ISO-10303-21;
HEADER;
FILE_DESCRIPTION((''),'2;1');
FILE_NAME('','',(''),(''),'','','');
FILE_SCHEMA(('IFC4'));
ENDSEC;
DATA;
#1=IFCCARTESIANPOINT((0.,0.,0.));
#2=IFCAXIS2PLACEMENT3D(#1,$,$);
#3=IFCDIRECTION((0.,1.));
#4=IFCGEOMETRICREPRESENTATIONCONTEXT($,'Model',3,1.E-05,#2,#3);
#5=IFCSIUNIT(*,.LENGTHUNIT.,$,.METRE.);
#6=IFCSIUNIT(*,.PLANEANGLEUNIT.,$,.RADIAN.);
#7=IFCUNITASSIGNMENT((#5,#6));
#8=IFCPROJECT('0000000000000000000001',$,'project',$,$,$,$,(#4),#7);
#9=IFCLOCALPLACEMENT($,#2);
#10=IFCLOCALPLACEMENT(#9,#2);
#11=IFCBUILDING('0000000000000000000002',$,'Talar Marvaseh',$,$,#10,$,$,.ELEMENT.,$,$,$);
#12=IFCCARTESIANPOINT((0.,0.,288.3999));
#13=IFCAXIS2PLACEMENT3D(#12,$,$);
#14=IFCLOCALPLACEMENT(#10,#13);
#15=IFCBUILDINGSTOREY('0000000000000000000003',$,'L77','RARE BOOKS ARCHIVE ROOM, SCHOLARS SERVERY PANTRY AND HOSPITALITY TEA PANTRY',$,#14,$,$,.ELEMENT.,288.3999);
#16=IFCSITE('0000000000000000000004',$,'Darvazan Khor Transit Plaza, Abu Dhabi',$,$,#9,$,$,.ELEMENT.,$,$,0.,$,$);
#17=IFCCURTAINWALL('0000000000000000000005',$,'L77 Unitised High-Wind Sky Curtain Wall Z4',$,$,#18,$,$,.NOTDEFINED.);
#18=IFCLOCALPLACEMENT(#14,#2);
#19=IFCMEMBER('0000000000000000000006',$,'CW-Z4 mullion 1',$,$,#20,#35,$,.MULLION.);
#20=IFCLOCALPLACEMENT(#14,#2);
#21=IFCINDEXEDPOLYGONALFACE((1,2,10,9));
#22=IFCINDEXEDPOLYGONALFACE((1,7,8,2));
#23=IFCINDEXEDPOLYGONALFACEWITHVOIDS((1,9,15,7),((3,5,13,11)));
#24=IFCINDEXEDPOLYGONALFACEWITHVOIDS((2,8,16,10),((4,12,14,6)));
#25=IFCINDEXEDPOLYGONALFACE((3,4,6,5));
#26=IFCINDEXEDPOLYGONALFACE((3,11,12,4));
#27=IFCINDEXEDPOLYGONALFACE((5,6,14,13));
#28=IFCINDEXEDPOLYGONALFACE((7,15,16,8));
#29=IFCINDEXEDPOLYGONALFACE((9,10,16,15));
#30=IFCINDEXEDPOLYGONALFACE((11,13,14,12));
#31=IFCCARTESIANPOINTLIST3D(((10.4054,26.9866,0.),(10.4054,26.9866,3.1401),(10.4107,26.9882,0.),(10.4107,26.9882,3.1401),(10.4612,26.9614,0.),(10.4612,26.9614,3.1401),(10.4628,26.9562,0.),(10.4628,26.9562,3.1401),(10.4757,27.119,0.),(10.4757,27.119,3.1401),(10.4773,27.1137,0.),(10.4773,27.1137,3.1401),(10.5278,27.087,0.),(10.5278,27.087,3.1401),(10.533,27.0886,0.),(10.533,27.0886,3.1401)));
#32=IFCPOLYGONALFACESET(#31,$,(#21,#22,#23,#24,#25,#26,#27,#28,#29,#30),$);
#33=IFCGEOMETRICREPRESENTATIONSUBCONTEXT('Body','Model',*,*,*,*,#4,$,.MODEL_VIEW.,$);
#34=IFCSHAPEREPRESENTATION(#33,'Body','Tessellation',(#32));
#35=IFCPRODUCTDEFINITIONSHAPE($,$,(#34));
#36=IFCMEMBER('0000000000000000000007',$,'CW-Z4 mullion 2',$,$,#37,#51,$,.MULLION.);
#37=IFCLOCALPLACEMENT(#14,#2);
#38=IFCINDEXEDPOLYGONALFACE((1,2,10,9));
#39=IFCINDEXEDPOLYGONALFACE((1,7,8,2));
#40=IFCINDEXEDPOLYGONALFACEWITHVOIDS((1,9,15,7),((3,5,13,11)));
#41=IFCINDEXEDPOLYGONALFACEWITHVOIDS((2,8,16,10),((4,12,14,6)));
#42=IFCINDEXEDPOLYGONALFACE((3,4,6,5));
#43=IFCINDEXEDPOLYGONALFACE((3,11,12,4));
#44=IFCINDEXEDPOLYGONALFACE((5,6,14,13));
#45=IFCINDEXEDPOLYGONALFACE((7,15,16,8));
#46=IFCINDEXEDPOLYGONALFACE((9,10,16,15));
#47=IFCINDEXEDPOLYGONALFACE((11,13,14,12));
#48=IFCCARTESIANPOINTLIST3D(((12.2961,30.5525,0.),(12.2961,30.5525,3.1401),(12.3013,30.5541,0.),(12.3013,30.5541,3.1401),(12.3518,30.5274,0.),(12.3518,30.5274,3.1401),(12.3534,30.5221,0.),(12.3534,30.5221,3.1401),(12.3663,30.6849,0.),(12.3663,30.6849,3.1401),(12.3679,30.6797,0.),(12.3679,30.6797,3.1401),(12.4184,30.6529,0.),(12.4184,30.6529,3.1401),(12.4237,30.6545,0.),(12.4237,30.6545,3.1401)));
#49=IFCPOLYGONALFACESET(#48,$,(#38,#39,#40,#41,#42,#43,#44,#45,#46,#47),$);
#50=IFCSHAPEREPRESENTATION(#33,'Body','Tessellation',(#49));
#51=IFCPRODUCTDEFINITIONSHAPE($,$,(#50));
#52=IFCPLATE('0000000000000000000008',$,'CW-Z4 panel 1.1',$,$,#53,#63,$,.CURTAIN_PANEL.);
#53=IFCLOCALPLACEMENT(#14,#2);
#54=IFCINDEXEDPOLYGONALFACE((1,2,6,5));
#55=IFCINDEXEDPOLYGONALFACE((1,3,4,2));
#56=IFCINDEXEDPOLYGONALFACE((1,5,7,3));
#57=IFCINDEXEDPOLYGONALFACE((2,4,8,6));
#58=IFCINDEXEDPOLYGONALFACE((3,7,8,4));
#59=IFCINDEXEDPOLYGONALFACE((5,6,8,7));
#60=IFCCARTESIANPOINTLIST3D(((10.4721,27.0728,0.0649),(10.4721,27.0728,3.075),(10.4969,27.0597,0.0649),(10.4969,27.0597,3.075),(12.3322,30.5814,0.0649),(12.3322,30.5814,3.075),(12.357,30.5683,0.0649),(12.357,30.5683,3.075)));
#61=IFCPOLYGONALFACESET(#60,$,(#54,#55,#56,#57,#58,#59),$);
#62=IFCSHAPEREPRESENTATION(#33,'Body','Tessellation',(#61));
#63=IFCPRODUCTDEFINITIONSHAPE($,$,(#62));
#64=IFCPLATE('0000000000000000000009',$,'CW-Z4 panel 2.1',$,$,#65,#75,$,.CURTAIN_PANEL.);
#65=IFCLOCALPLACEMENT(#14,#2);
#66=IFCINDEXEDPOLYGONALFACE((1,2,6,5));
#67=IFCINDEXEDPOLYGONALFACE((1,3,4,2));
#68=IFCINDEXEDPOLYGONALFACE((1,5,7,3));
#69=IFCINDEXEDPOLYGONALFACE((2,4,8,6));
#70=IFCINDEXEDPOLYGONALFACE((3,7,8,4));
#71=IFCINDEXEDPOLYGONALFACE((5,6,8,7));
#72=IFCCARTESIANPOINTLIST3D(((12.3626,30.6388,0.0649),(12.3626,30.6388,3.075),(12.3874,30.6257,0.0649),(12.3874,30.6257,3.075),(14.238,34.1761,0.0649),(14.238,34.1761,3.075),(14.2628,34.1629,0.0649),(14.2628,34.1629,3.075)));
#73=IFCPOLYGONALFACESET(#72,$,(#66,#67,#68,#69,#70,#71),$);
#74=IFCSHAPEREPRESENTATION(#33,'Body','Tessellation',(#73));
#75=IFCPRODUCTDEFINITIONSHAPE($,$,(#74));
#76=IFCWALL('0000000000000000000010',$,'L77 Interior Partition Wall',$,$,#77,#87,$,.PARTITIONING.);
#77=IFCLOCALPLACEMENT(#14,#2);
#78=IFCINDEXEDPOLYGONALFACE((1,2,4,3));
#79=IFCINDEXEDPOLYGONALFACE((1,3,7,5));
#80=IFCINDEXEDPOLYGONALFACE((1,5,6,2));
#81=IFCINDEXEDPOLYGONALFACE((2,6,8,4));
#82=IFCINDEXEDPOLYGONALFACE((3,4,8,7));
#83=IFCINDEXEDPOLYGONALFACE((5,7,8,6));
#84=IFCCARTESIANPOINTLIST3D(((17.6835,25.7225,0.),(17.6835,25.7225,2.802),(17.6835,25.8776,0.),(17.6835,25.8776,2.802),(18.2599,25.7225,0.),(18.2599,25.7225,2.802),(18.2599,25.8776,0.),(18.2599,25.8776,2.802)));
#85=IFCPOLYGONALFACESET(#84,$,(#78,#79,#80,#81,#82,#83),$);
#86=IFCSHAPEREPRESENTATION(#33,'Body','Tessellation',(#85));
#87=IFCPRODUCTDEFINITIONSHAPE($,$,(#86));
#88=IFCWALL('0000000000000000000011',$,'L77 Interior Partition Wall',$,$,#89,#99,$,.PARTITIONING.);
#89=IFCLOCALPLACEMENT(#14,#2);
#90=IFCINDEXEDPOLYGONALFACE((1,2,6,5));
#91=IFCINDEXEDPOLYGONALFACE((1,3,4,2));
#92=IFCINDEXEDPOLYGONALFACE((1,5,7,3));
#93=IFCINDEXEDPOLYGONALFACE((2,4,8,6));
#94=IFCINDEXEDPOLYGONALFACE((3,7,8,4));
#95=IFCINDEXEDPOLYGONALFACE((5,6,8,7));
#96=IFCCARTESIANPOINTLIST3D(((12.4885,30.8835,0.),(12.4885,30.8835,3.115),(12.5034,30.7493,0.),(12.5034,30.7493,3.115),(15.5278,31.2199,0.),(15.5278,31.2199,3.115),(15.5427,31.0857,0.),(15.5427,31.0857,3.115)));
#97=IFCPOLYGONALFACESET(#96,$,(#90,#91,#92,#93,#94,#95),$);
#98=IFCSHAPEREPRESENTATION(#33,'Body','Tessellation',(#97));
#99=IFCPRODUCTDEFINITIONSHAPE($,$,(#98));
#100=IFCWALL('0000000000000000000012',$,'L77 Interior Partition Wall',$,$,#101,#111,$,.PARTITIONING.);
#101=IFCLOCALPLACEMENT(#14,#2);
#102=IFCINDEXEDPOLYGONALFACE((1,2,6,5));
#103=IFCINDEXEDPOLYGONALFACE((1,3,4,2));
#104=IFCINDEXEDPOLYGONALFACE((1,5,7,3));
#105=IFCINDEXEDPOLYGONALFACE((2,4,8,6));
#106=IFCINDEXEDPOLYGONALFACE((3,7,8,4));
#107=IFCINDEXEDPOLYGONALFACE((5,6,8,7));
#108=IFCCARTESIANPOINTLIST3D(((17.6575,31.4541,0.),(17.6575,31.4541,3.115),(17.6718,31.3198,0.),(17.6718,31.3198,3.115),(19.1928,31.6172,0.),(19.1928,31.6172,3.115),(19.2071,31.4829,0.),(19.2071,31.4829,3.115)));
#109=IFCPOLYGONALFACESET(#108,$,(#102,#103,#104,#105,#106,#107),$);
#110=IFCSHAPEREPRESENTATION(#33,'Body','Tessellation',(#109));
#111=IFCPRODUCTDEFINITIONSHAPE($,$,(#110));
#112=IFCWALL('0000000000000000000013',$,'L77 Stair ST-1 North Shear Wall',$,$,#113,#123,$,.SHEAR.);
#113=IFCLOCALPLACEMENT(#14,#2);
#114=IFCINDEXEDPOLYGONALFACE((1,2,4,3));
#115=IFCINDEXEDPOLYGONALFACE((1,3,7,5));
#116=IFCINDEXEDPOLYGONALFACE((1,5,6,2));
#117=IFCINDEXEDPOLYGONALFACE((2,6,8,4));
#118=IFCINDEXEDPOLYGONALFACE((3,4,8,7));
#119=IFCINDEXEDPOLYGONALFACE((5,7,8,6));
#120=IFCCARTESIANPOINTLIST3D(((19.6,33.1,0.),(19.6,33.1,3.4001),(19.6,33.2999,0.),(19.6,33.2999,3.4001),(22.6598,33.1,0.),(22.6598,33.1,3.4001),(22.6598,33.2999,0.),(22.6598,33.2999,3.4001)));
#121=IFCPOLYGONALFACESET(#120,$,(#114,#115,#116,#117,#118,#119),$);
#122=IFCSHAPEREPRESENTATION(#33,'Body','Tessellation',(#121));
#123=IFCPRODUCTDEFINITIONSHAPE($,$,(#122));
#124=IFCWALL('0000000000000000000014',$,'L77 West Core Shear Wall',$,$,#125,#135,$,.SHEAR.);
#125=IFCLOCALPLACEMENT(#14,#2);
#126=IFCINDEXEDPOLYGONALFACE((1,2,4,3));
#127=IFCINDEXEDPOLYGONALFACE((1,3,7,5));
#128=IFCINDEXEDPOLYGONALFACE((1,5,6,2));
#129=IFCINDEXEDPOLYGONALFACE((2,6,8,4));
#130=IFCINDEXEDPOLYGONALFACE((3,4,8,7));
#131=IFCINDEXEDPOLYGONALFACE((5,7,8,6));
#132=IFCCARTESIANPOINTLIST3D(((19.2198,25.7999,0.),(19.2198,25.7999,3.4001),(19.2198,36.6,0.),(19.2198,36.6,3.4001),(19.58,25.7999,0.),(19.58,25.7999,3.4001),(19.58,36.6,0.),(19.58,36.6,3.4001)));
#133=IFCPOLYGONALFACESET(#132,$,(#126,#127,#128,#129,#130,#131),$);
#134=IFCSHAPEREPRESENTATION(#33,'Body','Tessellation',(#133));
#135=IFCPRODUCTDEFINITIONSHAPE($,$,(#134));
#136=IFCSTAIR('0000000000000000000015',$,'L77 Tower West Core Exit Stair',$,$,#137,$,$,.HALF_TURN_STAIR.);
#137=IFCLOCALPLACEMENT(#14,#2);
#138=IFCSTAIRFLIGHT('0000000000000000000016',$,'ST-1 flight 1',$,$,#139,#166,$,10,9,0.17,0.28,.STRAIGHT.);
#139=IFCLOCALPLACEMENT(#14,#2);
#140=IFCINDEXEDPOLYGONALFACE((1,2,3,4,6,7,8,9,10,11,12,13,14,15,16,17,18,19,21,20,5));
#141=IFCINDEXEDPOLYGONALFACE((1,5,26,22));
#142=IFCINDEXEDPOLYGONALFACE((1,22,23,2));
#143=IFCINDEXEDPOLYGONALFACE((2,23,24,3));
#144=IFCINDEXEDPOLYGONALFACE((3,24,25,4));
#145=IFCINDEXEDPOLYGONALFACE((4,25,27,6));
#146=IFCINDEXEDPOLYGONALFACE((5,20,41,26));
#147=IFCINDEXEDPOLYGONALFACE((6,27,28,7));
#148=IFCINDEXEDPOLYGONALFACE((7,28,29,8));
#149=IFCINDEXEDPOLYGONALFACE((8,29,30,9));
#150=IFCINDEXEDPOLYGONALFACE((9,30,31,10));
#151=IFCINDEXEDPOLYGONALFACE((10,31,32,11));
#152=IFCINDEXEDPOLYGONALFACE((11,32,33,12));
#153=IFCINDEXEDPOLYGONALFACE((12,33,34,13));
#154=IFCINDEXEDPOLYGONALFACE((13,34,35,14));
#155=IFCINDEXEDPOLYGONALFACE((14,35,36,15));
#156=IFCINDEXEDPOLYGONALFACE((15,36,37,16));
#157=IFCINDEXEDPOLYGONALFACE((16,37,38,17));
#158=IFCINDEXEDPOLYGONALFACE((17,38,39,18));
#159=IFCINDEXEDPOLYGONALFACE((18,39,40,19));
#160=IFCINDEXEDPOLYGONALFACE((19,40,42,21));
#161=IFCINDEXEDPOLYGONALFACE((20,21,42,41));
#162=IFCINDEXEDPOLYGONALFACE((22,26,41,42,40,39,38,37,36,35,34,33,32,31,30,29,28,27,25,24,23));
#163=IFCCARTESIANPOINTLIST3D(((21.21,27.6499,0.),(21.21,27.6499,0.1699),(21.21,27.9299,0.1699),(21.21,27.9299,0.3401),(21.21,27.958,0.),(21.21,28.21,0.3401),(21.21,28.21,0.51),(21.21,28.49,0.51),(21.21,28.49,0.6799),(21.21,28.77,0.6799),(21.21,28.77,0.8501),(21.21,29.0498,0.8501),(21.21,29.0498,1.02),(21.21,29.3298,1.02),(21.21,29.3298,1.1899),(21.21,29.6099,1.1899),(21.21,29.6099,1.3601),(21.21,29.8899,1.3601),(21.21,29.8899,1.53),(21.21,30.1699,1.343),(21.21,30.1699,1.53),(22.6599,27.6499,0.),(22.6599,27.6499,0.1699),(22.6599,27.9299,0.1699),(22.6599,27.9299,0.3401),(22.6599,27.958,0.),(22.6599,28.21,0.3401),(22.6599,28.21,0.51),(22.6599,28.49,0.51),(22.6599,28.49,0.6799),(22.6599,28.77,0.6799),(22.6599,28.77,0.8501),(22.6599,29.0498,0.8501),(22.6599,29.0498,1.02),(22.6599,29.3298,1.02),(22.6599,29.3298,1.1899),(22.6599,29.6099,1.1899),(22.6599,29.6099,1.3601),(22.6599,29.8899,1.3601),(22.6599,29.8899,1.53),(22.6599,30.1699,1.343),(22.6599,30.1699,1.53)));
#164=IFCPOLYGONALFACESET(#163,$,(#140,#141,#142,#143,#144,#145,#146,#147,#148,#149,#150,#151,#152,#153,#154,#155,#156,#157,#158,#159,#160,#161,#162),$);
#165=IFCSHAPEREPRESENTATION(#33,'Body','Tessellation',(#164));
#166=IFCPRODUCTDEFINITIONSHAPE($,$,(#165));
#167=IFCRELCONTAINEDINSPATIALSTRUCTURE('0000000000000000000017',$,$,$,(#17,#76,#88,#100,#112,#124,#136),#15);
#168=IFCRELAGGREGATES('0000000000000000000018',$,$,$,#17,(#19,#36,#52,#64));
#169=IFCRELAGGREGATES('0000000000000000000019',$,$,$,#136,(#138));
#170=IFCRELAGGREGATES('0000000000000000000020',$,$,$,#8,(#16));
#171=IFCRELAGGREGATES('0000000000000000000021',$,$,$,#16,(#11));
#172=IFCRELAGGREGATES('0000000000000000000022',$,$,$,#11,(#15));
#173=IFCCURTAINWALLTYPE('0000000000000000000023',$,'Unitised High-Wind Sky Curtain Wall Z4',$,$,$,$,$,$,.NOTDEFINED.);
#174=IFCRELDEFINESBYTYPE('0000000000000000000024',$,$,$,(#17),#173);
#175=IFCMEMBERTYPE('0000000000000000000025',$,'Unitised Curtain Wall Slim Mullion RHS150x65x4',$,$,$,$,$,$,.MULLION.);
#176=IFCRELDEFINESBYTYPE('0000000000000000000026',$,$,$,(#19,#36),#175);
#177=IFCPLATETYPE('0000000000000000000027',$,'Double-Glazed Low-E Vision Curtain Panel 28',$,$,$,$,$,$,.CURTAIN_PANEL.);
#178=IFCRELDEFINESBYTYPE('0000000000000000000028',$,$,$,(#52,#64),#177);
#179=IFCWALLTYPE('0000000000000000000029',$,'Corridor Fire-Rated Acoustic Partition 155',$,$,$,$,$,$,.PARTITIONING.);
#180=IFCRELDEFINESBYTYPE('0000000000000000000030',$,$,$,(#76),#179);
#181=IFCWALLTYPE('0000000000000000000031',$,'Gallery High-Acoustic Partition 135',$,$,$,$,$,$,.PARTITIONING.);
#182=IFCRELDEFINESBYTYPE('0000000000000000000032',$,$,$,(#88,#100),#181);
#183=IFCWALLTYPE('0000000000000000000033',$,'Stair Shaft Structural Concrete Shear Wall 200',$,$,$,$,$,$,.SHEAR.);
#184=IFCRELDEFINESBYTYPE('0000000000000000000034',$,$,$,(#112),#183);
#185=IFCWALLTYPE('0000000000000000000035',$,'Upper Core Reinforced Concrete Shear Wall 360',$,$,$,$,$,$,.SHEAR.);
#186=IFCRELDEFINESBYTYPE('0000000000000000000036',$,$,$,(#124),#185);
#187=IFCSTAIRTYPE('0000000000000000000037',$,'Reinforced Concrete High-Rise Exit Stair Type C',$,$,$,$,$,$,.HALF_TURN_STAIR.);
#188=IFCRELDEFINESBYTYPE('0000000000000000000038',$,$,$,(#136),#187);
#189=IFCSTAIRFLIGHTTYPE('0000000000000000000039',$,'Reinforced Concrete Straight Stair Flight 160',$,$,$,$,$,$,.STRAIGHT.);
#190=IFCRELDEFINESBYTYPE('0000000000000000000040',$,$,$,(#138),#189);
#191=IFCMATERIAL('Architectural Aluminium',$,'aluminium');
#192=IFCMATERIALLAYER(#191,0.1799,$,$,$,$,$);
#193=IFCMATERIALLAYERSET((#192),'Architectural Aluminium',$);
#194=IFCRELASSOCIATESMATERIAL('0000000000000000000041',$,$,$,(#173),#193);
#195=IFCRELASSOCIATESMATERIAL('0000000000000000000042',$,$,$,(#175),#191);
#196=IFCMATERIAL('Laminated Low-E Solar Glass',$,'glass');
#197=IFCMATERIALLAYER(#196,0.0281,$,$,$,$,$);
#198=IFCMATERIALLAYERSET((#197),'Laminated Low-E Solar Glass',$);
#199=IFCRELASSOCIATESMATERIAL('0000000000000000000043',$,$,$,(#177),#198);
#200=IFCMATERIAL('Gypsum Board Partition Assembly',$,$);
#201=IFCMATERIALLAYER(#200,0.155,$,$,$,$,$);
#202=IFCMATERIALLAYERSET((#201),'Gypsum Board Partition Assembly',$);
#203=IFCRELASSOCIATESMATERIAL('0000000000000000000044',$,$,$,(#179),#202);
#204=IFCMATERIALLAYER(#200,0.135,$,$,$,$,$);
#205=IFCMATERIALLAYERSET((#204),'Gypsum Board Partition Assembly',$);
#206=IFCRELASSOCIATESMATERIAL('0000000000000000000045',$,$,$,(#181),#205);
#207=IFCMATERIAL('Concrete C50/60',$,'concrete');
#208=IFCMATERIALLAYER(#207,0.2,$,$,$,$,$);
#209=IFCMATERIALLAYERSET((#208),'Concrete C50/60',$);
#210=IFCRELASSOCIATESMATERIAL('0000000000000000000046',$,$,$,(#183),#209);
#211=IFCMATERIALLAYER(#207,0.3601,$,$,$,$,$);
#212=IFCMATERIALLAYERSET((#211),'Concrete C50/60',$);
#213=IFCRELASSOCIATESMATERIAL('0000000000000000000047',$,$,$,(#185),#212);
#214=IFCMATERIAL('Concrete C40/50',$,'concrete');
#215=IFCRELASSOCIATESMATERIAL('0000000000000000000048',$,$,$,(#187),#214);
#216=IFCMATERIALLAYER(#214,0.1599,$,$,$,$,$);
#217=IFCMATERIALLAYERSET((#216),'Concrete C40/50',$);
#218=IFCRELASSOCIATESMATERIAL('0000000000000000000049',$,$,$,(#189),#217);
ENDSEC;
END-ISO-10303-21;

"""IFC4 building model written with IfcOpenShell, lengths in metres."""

from ifc_helpers import new_model, si_unit, direction, frame, frame_2d, origin, origin_2d, place, context, subcontext, project, spatial, polyline, rectangle, hollow_rectangle, outline, extrude, source, transform, mapped, material, layer, layer_set, material_profile, profile_set, type_object, type_shapes, element, aggregate, save


model = new_model("IFC4")

# Units and contexts
model_context = context("Model", 3, precision=1e-05, world=origin(), true_north=direction((0.0, 1.0)))
body_context = subcontext(model_context, "Body", "Model", "MODEL_VIEW")
ifc_project = project(units=[si_unit("LENGTHUNIT", "METRE"), si_unit("PLANEANGLEUNIT", "RADIAN")], contexts=[model_context])

# Site, building, storey
site_placement = place(None, origin())
site = spatial("IfcSite", under=ifc_project, at=site_placement, Name="Darvazan Khor Transit Plaza, Abu Dhabi", CompositionType="ELEMENT", RefElevation=0.0)
building_placement = place(site_placement, origin())
building = spatial("IfcBuilding", under=site, at=building_placement, Name="Talar Marvaseh", CompositionType="ELEMENT")
storey_placement = place(building_placement, frame((0.0, 0.0, 288.3999)))
storey = spatial("IfcBuildingStorey", under=building, at=storey_placement, Name="L77", Description="RARE BOOKS ARCHIVE ROOM, SCHOLARS SERVERY PANTRY AND HOSPITALITY TEA PANTRY", CompositionType="ELEMENT", Elevation=288.3999)

# Shared definitions
ifc_material_1 = material(Name="Concrete C50/60", Category="concrete")

# Curtain wall, members, plates
ifc_material_2 = material(Name="Architectural Aluminium", Category="aluminium")
ifc_layer_1 = layer(ifc_material_2, 0.1799)
ifc_layer_set_1 = layer_set([ifc_layer_1], Name="Architectural Aluminium")
curtain_wall_type = type_object("IfcCurtainWallType", Name="Unitised High-Wind Sky Curtain Wall Z4", PredefinedType="NOTDEFINED", material=ifc_layer_set_1)
curtain_wall_placement = place(storey_placement, origin())
curtain_wall = element("IfcCurtainWall", 1, at=curtain_wall_placement, inside=storey, type_object=curtain_wall_type, Name="L77 Unitised High-Wind Sky Curtain Wall Z4", PredefinedType="NOTDEFINED")
ifc_material_profile_1 = material_profile(ifc_material_2, hollow_rectangle(XDim=0.0649, YDim=0.1499, WallThickness=0.0039, at=origin_2d()), Name="RHS150x65x4")
ifc_profile_set_1 = profile_set([ifc_material_profile_1], Name="Architectural Aluminium")
member_type_1 = type_object("IfcMemberType", Name="Unitised Curtain Wall Slim Mullion RHS150x65x4", PredefinedType="MULLION", material=ifc_profile_set_1)
shared_shape_1 = source(origin(), body_context, "Body", "SweptSolid", [
    extrude(hollow_rectangle(XDim=0.0649, YDim=0.1499, WallThickness=0.0039, at=origin_2d()), origin(), (0.0, 0.0, 1.0), 3.1401),
])
type_shapes(member_type_1, [shared_shape_1])
member_1_placement = place(storey_placement, frame((10.4692, 27.0376, 0.0), z_axis=(0.0, 0.0, 1.0), x_axis=(-0.883506, 0.46842, 0.0)))
member_1 = element("IfcMember", 2, at=member_1_placement, type_object=member_type_1, Name="CW-Z4 mullion 1", PredefinedType="MULLION", context=body_context, shape_type="MappedRepresentation", body=[
    mapped(shared_shape_1, transform((0.0, 0.0, 0.0), x_axis=(1.0, 0.0, 0.0), y_axis=(0.0, 1.0, 0.0), z_axis=(0.0, 0.0, 1.0), scale=1.0)),
])
member_2_placement = place(storey_placement, frame((12.3599, 30.6035, 0.0), z_axis=(0.0, 0.0, 1.0), x_axis=(-0.883506, 0.46842, 0.0)))
member_2 = element("IfcMember", 3, at=member_2_placement, type_object=member_type_1, Name="CW-Z4 mullion 2", PredefinedType="MULLION", context=body_context, shape_type="MappedRepresentation", body=[
    mapped(shared_shape_1, transform((0.0, 0.0, 0.0), x_axis=(1.0, 0.0, 0.0), y_axis=(0.0, 1.0, 0.0), z_axis=(0.0, 0.0, 1.0), scale=1.0)),
])
ifc_material_3 = material(Name="Laminated Low-E Solar Glass", Category="glass")
ifc_layer_2 = layer(ifc_material_3, 0.0281)
ifc_layer_set_2 = layer_set([ifc_layer_2], Name="Laminated Low-E Solar Glass")
plate_type = type_object("IfcPlateType", Name="Double-Glazed Low-E Vision Curtain Panel 28", PredefinedType="CURTAIN_PANEL", material=ifc_layer_set_2)
shared_shape_2 = source(origin(), body_context, "Body", "SweptSolid", [
    extrude(rectangle(XDim=3.9712, YDim=0.0281, at=origin_2d()), origin(), (0.0, 0.0, 1.0), 3.01),
])
plate_1_placement = place(storey_placement, frame((11.4146, 28.8206, 0.0649), z_axis=(0.0, 0.0, 1.0), x_axis=(0.46842, 0.883506, 0.0)))
plate_1 = element("IfcPlate", 4, at=plate_1_placement, type_object=plate_type, Name="CW-Z4 panel 1.1", PredefinedType="CURTAIN_PANEL", context=body_context, shape_type="MappedRepresentation", body=[
    mapped(shared_shape_2, transform((0.0, 0.0, 0.0), x_axis=(1.0, 0.0, 0.0), y_axis=(0.0, 1.0, 0.0), z_axis=(0.0, 0.0, 1.0), scale=1.0)),
])
shared_shape_3 = source(origin(), body_context, "Body", "SweptSolid", [
    extrude(rectangle(XDim=4.0037, YDim=0.0281, at=origin_2d()), origin(), (0.0, 0.0, 1.0), 3.01),
])
type_shapes(plate_type, [shared_shape_2, shared_shape_3])
plate_2_placement = place(storey_placement, frame((13.3127, 32.4009, 0.0649), z_axis=(0.0, 0.0, 1.0), x_axis=(0.46842, 0.883506, 0.0)))
plate_2 = element("IfcPlate", 5, at=plate_2_placement, type_object=plate_type, Name="CW-Z4 panel 2.1", PredefinedType="CURTAIN_PANEL", context=body_context, shape_type="MappedRepresentation", body=[
    mapped(shared_shape_3, transform((0.0, 0.0, 0.0), x_axis=(1.0, 0.0, 0.0), y_axis=(0.0, 1.0, 0.0), z_axis=(0.0, 0.0, 1.0), scale=1.0)),
])
aggregate(curtain_wall, [member_1, member_2, plate_1, plate_2])

# Walls
ifc_material_4 = material(Name="Gypsum Board Partition Assembly")
ifc_layer_3 = layer(ifc_material_4, 0.155)
ifc_layer_set_3 = layer_set([ifc_layer_3], Name="Gypsum Board Partition Assembly")
wall_type_1 = type_object("IfcWallType", Name="Corridor Fire-Rated Acoustic Partition 155", PredefinedType="PARTITIONING", material=ifc_layer_set_3)
wall_1_placement = place(storey_placement, frame((17.6836, 25.8, 0.0), z_axis=(0.0, 0.0, 1.0), x_axis=(1.0, 0.0, 0.0)))
element("IfcWall", 6, at=wall_1_placement, inside=storey, type_object=wall_type_1, Name="L77 Interior Partition Wall", PredefinedType="PARTITIONING", context=body_context, shape_type="SweptSolid", body=[
    extrude(rectangle(XDim=0.5764, YDim=0.155, at=frame_2d((0.2881, 0.0))), origin(), (0.0, 0.0, 1.0), 2.802),
])
ifc_layer_4 = layer(ifc_material_4, 0.135)
ifc_layer_set_4 = layer_set([ifc_layer_4], Name="Gypsum Board Partition Assembly")
wall_type_2 = type_object("IfcWallType", Name="Gallery High-Acoustic Partition 135", PredefinedType="PARTITIONING", material=ifc_layer_set_4)
wall_2_placement = place(storey_placement, frame((12.4961, 30.8164, 0.0), z_axis=(0.0, 0.0, 1.0), x_axis=(0.993929, 0.11002, 0.0)))
element("IfcWall", 7, at=wall_2_placement, inside=storey, type_object=wall_type_2, Name="L77 Interior Partition Wall", PredefinedType="PARTITIONING", context=body_context, shape_type="SweptSolid", body=[
    extrude(rectangle(XDim=3.0579, YDim=0.135, at=frame_2d((1.5288, 0.0))), origin(), (0.0, 0.0, 1.0), 3.115),
])
wall_3_placement = place(storey_placement, frame((19.2, 31.55, 0.0), z_axis=(0.0, 0.0, 1.0), x_axis=(-0.994406, -0.105623, 0.0)))
element("IfcWall", 8, at=wall_3_placement, inside=storey, type_object=wall_type_2, Name="L77 Interior Partition Wall", PredefinedType="PARTITIONING", context=body_context, shape_type="SweptSolid", body=[
    extrude(rectangle(XDim=1.5439, YDim=0.135, at=frame_2d((0.772, 0.0))), origin(), (0.0, 0.0, 1.0), 3.115),
])
ifc_layer_5 = layer(ifc_material_1, 0.2)
ifc_layer_set_5 = layer_set([ifc_layer_5], Name="Concrete C50/60")
wall_type_3 = type_object("IfcWallType", Name="Stair Shaft Structural Concrete Shear Wall 200", PredefinedType="SHEAR", material=ifc_layer_set_5)
wall_4_placement = place(storey_placement, frame((19.6001, 33.2, 0.0), z_axis=(0.0, 0.0, 1.0), x_axis=(1.0, 0.0, 0.0)))
element("IfcWall", 9, at=wall_4_placement, inside=storey, type_object=wall_type_3, Name="L77 Stair ST-1 North Shear Wall", PredefinedType="SHEAR", context=body_context, shape_type="SweptSolid", body=[
    extrude(rectangle(XDim=3.0598, YDim=0.2, at=frame_2d((1.5298, 0.0))), origin(), (0.0, 0.0, 1.0), 3.4001),
])
ifc_layer_6 = layer(ifc_material_1, 0.3601)
ifc_layer_set_6 = layer_set([ifc_layer_6], Name="Concrete C50/60")
wall_type_4 = type_object("IfcWallType", Name="Upper Core Reinforced Concrete Shear Wall 360", PredefinedType="SHEAR", material=ifc_layer_set_6)
wall_5_placement = place(storey_placement, frame((19.3999, 25.8, 0.0), z_axis=(0.0, 0.0, 1.0), x_axis=(0.0, 1.0, 0.0)))
element("IfcWall", 10, at=wall_5_placement, inside=storey, type_object=wall_type_4, Name="L77 West Core Shear Wall", PredefinedType="SHEAR", context=body_context, shape_type="SweptSolid", body=[
    extrude(rectangle(XDim=10.8, YDim=0.3601, at=frame_2d((5.3999, 0.0))), origin(), (0.0, 0.0, 1.0), 3.4001),
])

# Stair, stair flight
ifc_material_5 = material(Name="Concrete C40/50", Category="concrete")
stair_type = type_object("IfcStairType", Name="Reinforced Concrete High-Rise Exit Stair Type C", PredefinedType="HALF_TURN_STAIR", material=ifc_material_5)
stair_placement = place(storey_placement, origin())
stair = element("IfcStair", 11, at=stair_placement, inside=storey, type_object=stair_type, Name="L77 Tower West Core Exit Stair", PredefinedType="HALF_TURN_STAIR")
ifc_layer_7 = layer(ifc_material_5, 0.1599)
ifc_layer_set_7 = layer_set([ifc_layer_7], Name="Concrete C40/50")
stair_flight_type = type_object("IfcStairFlightType", Name="Reinforced Concrete Straight Stair Flight 160", PredefinedType="STRAIGHT", material=ifc_layer_set_7)
stair_flight_1_placement = place(storey_placement, frame((21.9351, 27.6499, 0.0), z_axis=(0.0, 0.0, 1.0), x_axis=(0.0, 1.0, 0.0)))
stair_flight_1 = element("IfcStairFlight", 12, at=stair_flight_1_placement, type_object=stair_flight_type, Name="ST-1 flight 1", NumberOfRisers=10, NumberOfTreads=9, PredefinedType="STRAIGHT", RiserHeight=0.17, TreadLength=0.28, context=body_context, shape_type="SweptSolid", body=[
    extrude(outline(polyline([(0.0, 0.0), (0.0, 0.1699), (0.28, 0.1699), (0.28, 0.3401), (0.5601, 0.3401), (0.5601, 0.51), (0.8401, 0.51), (0.8401, 0.6799), (1.1201, 0.6799), (1.1201, 0.8501), (1.3999, 0.8501), (1.3999, 1.02), (1.6799, 1.02), (1.6799, 1.1899), (1.96, 1.1899), (1.96, 1.3601), (2.24, 1.3601), (2.24, 1.53), (2.52, 1.53), (2.52, 1.7), (2.52, 1.343), (0.3081, 0.0), (0.0, 0.0)])), frame((0.0, 0.7251, 0.0), z_axis=(0.0, -1.0, 0.0), x_axis=(1.0, 0.0, 0.0)), (0.0, 0.0, 1.0), 1.45),
])
aggregate(stair, [stair_flight_1])

save(model, "model.ifc")
